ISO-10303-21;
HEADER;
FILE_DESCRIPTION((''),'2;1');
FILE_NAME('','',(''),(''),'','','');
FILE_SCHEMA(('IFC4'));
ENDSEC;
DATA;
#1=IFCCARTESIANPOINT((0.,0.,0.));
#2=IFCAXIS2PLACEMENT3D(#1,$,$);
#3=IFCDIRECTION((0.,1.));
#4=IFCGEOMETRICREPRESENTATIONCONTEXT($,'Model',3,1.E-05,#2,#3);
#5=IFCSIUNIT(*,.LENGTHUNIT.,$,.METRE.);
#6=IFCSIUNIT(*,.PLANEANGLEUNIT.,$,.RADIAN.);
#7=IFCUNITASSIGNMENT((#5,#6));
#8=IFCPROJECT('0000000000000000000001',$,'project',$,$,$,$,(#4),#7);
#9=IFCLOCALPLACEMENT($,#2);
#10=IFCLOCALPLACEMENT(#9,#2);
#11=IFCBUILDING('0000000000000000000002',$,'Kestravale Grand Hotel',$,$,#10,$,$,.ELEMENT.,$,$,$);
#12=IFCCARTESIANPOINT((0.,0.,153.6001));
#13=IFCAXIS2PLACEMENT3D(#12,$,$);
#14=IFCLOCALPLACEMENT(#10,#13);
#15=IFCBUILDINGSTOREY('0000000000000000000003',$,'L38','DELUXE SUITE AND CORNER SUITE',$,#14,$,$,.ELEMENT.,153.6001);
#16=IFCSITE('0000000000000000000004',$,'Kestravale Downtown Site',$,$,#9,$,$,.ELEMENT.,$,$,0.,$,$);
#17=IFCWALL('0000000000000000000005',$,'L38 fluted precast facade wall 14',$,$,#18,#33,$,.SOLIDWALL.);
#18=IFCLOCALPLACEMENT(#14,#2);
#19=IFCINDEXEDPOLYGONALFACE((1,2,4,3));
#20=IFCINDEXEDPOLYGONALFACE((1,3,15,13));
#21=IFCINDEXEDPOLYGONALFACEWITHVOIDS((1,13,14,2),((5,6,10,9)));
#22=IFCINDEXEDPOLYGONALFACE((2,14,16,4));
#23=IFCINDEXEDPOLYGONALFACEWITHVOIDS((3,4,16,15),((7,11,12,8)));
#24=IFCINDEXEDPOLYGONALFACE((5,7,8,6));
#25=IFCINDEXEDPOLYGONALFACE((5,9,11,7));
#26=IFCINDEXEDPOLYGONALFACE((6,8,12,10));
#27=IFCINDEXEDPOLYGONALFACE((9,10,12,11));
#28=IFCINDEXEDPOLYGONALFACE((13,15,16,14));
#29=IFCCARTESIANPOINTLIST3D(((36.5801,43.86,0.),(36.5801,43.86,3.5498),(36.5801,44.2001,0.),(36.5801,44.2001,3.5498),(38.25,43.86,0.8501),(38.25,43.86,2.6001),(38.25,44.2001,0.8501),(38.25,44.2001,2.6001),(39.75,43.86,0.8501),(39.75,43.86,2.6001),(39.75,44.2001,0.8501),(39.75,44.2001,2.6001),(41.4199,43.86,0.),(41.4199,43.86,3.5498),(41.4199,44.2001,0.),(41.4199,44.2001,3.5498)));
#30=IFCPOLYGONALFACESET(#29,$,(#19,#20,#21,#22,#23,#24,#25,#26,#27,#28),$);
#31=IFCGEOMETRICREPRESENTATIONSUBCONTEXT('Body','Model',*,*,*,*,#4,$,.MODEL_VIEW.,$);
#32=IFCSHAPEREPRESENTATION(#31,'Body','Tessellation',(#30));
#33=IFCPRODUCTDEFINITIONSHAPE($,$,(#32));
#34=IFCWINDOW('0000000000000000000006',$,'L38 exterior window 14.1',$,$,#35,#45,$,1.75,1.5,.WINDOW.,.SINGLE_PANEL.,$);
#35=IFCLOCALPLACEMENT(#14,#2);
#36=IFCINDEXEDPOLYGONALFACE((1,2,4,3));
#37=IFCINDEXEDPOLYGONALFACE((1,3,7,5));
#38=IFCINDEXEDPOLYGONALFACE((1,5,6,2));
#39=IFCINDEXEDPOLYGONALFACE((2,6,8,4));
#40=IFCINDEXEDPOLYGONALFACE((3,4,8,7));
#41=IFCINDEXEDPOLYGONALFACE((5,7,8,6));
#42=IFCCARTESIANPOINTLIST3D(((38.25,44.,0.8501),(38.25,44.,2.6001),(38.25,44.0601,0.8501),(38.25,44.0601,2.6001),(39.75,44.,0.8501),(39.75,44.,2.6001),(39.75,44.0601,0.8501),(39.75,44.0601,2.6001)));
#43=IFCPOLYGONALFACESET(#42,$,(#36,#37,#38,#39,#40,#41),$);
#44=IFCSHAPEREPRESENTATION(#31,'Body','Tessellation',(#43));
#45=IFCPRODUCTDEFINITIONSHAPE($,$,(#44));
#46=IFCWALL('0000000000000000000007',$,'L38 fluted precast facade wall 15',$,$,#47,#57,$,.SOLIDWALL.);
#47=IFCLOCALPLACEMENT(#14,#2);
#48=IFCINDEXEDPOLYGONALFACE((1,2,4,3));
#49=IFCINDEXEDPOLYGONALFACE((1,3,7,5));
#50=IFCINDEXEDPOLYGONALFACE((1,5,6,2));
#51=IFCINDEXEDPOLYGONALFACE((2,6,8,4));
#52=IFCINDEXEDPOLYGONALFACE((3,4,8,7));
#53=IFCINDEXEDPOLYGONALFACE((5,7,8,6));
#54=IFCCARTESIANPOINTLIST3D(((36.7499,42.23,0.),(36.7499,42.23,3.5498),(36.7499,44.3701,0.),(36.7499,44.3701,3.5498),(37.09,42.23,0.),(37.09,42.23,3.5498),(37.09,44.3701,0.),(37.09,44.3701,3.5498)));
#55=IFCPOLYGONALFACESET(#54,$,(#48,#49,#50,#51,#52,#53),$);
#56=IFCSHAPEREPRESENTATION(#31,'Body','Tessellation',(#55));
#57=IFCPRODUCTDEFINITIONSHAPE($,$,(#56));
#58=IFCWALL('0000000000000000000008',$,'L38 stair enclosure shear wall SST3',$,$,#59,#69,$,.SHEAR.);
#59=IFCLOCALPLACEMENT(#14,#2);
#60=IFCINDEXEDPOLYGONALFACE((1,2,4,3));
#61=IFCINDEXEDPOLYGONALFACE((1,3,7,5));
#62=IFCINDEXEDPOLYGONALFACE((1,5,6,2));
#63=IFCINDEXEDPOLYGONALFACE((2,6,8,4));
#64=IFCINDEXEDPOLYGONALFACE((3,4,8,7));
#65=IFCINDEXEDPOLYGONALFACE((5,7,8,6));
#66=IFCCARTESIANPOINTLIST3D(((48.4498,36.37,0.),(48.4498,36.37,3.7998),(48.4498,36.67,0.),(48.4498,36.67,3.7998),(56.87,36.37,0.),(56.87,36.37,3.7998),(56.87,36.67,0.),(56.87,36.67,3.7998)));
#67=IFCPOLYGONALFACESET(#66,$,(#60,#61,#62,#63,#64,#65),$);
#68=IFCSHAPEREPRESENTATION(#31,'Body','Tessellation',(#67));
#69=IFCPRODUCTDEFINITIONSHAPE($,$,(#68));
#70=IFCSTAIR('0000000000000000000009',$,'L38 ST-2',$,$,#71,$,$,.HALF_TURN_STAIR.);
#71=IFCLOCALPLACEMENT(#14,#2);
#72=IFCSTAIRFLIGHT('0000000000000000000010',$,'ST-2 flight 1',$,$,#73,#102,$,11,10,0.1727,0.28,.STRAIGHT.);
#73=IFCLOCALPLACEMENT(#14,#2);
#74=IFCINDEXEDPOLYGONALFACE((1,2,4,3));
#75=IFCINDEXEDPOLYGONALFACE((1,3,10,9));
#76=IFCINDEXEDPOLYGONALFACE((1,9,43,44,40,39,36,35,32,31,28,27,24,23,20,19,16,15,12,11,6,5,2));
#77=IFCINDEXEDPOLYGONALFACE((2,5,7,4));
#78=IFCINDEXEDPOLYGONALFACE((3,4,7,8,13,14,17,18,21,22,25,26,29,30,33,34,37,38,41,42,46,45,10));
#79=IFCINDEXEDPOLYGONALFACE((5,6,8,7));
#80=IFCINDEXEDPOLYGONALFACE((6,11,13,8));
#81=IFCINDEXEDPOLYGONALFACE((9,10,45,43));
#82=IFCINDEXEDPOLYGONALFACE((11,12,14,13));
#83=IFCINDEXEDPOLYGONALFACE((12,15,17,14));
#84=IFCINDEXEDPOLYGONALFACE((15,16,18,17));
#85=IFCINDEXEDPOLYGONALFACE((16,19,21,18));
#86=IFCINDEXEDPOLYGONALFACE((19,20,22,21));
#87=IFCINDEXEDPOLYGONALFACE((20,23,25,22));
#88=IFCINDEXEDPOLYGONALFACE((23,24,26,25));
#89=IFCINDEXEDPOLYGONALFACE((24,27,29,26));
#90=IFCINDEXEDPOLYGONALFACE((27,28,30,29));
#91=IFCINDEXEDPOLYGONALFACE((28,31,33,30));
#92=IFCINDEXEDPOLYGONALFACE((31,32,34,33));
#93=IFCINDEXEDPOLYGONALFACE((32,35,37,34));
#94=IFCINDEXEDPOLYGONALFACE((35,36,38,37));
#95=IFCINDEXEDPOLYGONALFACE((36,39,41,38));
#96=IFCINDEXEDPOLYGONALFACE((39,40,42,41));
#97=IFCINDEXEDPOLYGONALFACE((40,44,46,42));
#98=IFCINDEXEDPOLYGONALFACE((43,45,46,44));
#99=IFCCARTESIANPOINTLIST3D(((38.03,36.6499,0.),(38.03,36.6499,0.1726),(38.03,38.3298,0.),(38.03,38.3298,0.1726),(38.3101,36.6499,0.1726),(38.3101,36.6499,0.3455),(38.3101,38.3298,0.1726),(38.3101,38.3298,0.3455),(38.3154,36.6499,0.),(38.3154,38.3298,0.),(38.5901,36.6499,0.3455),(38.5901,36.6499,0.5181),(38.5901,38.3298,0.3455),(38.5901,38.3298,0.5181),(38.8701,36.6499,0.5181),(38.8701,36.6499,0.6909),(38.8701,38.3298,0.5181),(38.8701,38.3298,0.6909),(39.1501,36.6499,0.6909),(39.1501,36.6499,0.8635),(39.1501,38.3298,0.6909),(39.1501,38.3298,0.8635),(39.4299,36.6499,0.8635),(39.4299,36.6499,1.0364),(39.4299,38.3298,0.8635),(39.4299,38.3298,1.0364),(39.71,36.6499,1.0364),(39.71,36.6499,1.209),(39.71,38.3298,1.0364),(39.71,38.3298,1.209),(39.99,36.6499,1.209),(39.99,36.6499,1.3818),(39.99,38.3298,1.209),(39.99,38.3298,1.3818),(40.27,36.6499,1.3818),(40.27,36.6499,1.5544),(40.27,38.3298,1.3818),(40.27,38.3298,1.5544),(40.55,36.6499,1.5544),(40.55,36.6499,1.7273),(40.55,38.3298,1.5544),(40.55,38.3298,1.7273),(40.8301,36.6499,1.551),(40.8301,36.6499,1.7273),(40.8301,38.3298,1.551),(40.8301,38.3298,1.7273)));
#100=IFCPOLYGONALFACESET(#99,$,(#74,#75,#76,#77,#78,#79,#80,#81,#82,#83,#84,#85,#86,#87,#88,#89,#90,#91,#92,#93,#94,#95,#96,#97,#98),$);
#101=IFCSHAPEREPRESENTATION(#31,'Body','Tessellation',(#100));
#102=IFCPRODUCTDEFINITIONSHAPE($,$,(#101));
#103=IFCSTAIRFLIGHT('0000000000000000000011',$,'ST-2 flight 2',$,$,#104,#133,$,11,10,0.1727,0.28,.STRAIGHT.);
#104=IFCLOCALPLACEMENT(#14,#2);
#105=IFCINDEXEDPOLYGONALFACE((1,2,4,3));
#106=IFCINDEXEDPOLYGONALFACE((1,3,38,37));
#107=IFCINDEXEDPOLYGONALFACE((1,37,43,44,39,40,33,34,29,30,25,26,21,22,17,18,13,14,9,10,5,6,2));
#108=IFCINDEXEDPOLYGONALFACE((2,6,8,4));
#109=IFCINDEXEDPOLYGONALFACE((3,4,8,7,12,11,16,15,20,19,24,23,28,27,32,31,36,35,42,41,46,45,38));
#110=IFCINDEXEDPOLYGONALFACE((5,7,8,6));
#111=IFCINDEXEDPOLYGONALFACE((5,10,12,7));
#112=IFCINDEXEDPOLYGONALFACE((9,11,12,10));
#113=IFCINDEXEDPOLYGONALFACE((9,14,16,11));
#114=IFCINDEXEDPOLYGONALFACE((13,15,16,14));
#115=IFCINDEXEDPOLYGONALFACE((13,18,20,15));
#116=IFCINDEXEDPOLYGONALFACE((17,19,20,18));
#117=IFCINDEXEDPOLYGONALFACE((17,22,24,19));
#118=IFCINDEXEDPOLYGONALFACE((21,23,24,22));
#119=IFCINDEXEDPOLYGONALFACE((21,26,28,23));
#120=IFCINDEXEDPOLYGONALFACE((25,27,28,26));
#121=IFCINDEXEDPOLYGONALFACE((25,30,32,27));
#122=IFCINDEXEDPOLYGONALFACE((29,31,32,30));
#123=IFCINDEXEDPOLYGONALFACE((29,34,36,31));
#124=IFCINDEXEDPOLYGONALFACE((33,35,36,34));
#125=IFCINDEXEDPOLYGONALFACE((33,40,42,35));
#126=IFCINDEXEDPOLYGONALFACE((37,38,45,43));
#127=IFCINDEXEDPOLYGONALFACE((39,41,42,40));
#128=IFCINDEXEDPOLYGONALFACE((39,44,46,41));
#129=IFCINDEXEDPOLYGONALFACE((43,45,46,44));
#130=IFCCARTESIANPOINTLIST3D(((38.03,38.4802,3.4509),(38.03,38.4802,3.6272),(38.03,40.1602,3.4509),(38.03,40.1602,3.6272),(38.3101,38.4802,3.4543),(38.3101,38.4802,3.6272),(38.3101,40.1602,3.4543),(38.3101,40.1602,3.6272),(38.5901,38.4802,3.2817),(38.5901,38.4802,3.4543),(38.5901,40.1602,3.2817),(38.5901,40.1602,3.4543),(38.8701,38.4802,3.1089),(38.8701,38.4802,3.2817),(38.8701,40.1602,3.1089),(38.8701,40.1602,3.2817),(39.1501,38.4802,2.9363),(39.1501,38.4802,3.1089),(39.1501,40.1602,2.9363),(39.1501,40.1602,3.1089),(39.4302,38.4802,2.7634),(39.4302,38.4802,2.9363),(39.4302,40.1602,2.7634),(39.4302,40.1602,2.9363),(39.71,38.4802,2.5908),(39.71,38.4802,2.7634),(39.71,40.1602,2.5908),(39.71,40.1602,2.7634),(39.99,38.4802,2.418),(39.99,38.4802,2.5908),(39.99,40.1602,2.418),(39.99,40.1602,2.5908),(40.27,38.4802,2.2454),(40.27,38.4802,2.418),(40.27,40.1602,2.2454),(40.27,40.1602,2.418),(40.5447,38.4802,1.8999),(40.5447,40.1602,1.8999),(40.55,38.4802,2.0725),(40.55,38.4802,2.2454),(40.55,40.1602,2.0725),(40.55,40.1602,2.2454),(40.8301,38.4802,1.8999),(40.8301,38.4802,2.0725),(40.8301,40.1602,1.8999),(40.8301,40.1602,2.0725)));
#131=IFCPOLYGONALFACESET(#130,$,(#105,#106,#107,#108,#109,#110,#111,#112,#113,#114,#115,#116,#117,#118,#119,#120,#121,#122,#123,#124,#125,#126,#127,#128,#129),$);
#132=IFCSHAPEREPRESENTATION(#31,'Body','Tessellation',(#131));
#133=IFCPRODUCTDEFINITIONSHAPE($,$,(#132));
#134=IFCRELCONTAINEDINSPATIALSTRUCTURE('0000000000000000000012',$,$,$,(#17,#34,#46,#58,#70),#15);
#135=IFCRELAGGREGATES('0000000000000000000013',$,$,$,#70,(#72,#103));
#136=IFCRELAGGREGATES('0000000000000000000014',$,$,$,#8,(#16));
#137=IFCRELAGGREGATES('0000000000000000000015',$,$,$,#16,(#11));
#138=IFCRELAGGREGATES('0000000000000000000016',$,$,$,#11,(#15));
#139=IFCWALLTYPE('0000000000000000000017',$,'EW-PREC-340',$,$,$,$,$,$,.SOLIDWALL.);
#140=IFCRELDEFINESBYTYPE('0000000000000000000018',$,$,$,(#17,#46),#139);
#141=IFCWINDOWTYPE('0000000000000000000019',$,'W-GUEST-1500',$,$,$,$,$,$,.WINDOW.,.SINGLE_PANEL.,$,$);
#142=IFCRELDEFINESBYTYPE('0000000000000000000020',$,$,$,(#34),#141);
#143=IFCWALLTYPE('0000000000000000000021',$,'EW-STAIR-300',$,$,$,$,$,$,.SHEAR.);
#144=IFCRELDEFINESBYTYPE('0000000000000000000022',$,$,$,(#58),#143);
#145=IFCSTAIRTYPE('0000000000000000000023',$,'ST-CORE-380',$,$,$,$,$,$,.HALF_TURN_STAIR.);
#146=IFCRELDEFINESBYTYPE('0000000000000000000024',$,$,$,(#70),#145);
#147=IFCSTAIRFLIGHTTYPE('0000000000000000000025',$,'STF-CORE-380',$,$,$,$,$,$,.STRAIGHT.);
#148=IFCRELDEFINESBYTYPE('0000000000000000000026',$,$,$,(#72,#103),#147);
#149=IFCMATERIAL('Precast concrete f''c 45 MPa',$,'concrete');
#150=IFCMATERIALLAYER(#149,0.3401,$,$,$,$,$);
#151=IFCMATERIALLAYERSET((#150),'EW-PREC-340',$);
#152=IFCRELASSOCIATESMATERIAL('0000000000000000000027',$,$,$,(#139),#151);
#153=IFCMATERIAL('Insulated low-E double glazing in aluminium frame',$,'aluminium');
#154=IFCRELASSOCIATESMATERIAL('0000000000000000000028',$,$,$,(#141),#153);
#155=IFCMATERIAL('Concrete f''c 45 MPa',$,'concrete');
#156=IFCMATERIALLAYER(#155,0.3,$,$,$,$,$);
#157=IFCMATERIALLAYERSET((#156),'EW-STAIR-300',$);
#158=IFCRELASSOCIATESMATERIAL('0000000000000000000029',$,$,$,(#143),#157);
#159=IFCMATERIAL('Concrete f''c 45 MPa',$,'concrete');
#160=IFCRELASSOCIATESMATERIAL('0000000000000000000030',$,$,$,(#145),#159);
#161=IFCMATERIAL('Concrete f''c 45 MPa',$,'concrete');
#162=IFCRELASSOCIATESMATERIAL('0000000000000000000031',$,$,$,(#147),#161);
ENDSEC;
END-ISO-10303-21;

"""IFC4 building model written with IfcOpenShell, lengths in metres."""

from ifc_helpers import new_model, si_unit, direction, frame, frame_2d, origin, place, context, subcontext, project, spatial, polyline, rectangle, outline, extrude, material, layer, layer_set, type_object, element, fill, aggregate, save


model = new_model("IFC4")

# Units and contexts
model_context = context("Model", 3, precision=1e-05, world=origin(), true_north=direction((0.0, 1.0)))
body_context = subcontext(model_context, "Body", "Model", "MODEL_VIEW")
ifc_project = project(units=[si_unit("LENGTHUNIT", "METRE"), si_unit("PLANEANGLEUNIT", "RADIAN")], contexts=[model_context])

# Site, building, storey
site_placement = place(None, origin())
site = spatial("IfcSite", under=ifc_project, at=site_placement, Name="Kestravale Downtown Site", CompositionType="ELEMENT", RefElevation=0.0)
building_placement = place(site_placement, origin())
building = spatial("IfcBuilding", under=site, at=building_placement, Name="Kestravale Grand Hotel", CompositionType="ELEMENT")
storey_placement = place(building_placement, frame((0.0, 0.0, 153.6001)))
storey = spatial("IfcBuildingStorey", under=building, at=storey_placement, Name="L38", Description="DELUXE SUITE AND CORNER SUITE", CompositionType="ELEMENT", Elevation=153.6001)

# Shared definitions
ifc_material_1 = material(Name="Precast concrete f'c 45 MPa", Category="concrete")
ifc_layer_1 = layer(ifc_material_1, 0.3401)
ifc_layer_set_1 = layer_set([ifc_layer_1], Name="EW-PREC-340")
wall_type_1 = type_object("IfcWallType", Name="EW-PREC-340", PredefinedType="SOLIDWALL", material=ifc_layer_set_1)

# Wall, opening, window
ifc_material_2 = material(Name="Insulated low-E double glazing in aluminium frame", Category="aluminium")
window_type = type_object("IfcWindowType", Name="W-GUEST-1500", PartitioningType="SINGLE_PANEL", PredefinedType="WINDOW", material=ifc_material_2)
wall_1_placement = place(storey_placement, frame((41.4199, 44.03, 0.0), z_axis=(0.0, 0.0, 1.0), x_axis=(-1.0, 0.0, 0.0)))
wall_1 = element("IfcWall", 1, at=wall_1_placement, inside=storey, type_object=wall_type_1, Name="L38 fluted precast facade wall 14", PredefinedType="SOLIDWALL", context=body_context, shape_type="SweptSolid", body=[
    extrude(rectangle(XDim=4.8398, YDim=0.3401, at=frame_2d((2.4199, 0.0))), origin(), (0.0, 0.0, 1.0), 3.5498),
])
opening_1_placement = place(wall_1_placement, frame((1.6699, 0.0, 0.8501)))
opening_1 = element("IfcOpeningElement", 2, at=opening_1_placement, cuts=wall_1, PredefinedType="OPENING", context=body_context, shape_type="SweptSolid", body=[
    extrude(rectangle(XDim=1.5, YDim=1.75, at=frame_2d((0.75, 0.875))), frame((0.0, 0.1799, 0.0), z_axis=(0.0, -1.0, 0.0), x_axis=(1.0, 0.0, 0.0)), (0.0, 0.0, 1.0), 0.3601),
])
window_1_placement = place(opening_1_placement, origin())
window_1 = element("IfcWindow", 3, at=window_1_placement, inside=storey, type_object=window_type, Name="L38 exterior window 14.1", OverallHeight=1.75, OverallWidth=1.5, PartitioningType="SINGLE_PANEL", PredefinedType="WINDOW", context=body_context, shape_type="SweptSolid", body=[
    extrude(rectangle(XDim=1.5, YDim=1.75, at=frame_2d((0.75, 0.875))), frame((0.0, 0.03, 0.0), z_axis=(0.0, -1.0, 0.0), x_axis=(1.0, 0.0, 0.0)), (0.0, 0.0, 1.0), 0.0601),
])
fill(opening_1, window_1)

# Walls
wall_2_placement = place(storey_placement, frame((36.9199, 44.3701, 0.0), z_axis=(0.0, 0.0, 1.0), x_axis=(0.0, -1.0, 0.0)))
element("IfcWall", 4, at=wall_2_placement, inside=storey, type_object=wall_type_1, Name="L38 fluted precast facade wall 15", PredefinedType="SOLIDWALL", context=body_context, shape_type="SweptSolid", body=[
    extrude(rectangle(XDim=2.1401, YDim=0.3401, at=frame_2d((1.0701, 0.0))), origin(), (0.0, 0.0, 1.0), 3.5498),
])
ifc_material_3 = material(Name="Concrete f'c 45 MPa", Category="concrete")
ifc_layer_2 = layer(ifc_material_3, 0.3)
ifc_layer_set_2 = layer_set([ifc_layer_2], Name="EW-STAIR-300")
wall_type_2 = type_object("IfcWallType", Name="EW-STAIR-300", PredefinedType="SHEAR", material=ifc_layer_set_2)
wall_3_placement = place(storey_placement, frame((48.45, 36.52, 0.0), z_axis=(0.0, 0.0, 1.0), x_axis=(1.0, 0.0, 0.0)))
element("IfcWall", 5, at=wall_3_placement, inside=storey, type_object=wall_type_2, Name="L38 stair enclosure shear wall SST3", PredefinedType="SHEAR", context=body_context, shape_type="SweptSolid", body=[
    extrude(rectangle(XDim=8.4202, YDim=0.3, at=frame_2d((4.21, 0.0))), origin(), (0.0, 0.0, 1.0), 3.7998),
])

# Stair, stair flights
ifc_material_4 = material(Name="Concrete f'c 45 MPa", Category="concrete")
stair_type = type_object("IfcStairType", Name="ST-CORE-380", PredefinedType="HALF_TURN_STAIR", material=ifc_material_4)
stair_placement = place(storey_placement, origin())
stair = element("IfcStair", 6, at=stair_placement, inside=storey, type_object=stair_type, Name="L38 ST-2", PredefinedType="HALF_TURN_STAIR")
ifc_material_5 = material(Name="Concrete f'c 45 MPa", Category="concrete")
stair_flight_type = type_object("IfcStairFlightType", Name="STF-CORE-380", PredefinedType="STRAIGHT", material=ifc_material_5)
stair_flight_1_placement = place(storey_placement, frame((38.03, 37.49, 0.0), z_axis=(0.0, 0.0, 1.0), x_axis=(1.0, 0.0, 0.0)))
stair_flight_1 = element("IfcStairFlight", 7, at=stair_flight_1_placement, type_object=stair_flight_type, Name="ST-2 flight 1", NumberOfRisers=11, NumberOfTreads=10, PredefinedType="STRAIGHT", RiserHeight=0.1727, TreadLength=0.28, context=body_context, shape_type="SweptSolid", body=[
    extrude(outline(polyline([(0.0, 0.0), (0.0, 0.1726), (0.28, 0.1726), (0.28, 0.3455), (0.5601, 0.3455), (0.5601, 0.5181), (0.8401, 0.5181), (0.8401, 0.6909), (1.1201, 0.6909), (1.1201, 0.8635), (1.3999, 0.8635), (1.3999, 1.0364), (1.6799, 1.0364), (1.6799, 1.209), (1.96, 1.209), (1.96, 1.3818), (2.24, 1.3818), (2.24, 1.5544), (2.52, 1.5544), (2.52, 1.7273), (2.8, 1.7273), (2.8, 1.8999), (2.8, 1.551), (0.2854, 0.0), (0.0, 0.0)])), frame((0.0, 0.8398, 0.0), z_axis=(0.0, -1.0, 0.0), x_axis=(1.0, 0.0, 0.0)), (0.0, 0.0, 1.0), 1.6799),
])
stair_flight_2_placement = place(storey_placement, frame((40.8301, 39.3201, 1.8999), z_axis=(0.0, 0.0, 1.0), x_axis=(-1.0, 0.0, 0.0)))
stair_flight_2 = element("IfcStairFlight", 8, at=stair_flight_2_placement, type_object=stair_flight_type, Name="ST-2 flight 2", NumberOfRisers=11, NumberOfTreads=10, PredefinedType="STRAIGHT", RiserHeight=0.1727, TreadLength=0.28, context=body_context, shape_type="SweptSolid", body=[
    extrude(outline(polyline([(0.0, 0.0), (0.0, 0.1726), (0.28, 0.1726), (0.28, 0.3455), (0.5601, 0.3455), (0.5601, 0.5181), (0.8401, 0.5181), (0.8401, 0.6909), (1.1201, 0.6909), (1.1201, 0.8635), (1.3999, 0.8635), (1.3999, 1.0364), (1.6799, 1.0364), (1.6799, 1.209), (1.96, 1.209), (1.96, 1.3818), (2.24, 1.3818), (2.24, 1.5544), (2.52, 1.5544), (2.52, 1.7273), (2.8, 1.7273), (2.8, 1.8999), (2.8, 1.551), (0.2854, 0.0), (0.0, 0.0)])), frame((0.0, 0.8398, 0.0), z_axis=(0.0, -1.0, 0.0), x_axis=(1.0, 0.0, 0.0)), (0.0, 0.0, 1.0), 1.6799),
])
aggregate(stair, [stair_flight_1, stair_flight_2])

save(model, "model.ifc")
